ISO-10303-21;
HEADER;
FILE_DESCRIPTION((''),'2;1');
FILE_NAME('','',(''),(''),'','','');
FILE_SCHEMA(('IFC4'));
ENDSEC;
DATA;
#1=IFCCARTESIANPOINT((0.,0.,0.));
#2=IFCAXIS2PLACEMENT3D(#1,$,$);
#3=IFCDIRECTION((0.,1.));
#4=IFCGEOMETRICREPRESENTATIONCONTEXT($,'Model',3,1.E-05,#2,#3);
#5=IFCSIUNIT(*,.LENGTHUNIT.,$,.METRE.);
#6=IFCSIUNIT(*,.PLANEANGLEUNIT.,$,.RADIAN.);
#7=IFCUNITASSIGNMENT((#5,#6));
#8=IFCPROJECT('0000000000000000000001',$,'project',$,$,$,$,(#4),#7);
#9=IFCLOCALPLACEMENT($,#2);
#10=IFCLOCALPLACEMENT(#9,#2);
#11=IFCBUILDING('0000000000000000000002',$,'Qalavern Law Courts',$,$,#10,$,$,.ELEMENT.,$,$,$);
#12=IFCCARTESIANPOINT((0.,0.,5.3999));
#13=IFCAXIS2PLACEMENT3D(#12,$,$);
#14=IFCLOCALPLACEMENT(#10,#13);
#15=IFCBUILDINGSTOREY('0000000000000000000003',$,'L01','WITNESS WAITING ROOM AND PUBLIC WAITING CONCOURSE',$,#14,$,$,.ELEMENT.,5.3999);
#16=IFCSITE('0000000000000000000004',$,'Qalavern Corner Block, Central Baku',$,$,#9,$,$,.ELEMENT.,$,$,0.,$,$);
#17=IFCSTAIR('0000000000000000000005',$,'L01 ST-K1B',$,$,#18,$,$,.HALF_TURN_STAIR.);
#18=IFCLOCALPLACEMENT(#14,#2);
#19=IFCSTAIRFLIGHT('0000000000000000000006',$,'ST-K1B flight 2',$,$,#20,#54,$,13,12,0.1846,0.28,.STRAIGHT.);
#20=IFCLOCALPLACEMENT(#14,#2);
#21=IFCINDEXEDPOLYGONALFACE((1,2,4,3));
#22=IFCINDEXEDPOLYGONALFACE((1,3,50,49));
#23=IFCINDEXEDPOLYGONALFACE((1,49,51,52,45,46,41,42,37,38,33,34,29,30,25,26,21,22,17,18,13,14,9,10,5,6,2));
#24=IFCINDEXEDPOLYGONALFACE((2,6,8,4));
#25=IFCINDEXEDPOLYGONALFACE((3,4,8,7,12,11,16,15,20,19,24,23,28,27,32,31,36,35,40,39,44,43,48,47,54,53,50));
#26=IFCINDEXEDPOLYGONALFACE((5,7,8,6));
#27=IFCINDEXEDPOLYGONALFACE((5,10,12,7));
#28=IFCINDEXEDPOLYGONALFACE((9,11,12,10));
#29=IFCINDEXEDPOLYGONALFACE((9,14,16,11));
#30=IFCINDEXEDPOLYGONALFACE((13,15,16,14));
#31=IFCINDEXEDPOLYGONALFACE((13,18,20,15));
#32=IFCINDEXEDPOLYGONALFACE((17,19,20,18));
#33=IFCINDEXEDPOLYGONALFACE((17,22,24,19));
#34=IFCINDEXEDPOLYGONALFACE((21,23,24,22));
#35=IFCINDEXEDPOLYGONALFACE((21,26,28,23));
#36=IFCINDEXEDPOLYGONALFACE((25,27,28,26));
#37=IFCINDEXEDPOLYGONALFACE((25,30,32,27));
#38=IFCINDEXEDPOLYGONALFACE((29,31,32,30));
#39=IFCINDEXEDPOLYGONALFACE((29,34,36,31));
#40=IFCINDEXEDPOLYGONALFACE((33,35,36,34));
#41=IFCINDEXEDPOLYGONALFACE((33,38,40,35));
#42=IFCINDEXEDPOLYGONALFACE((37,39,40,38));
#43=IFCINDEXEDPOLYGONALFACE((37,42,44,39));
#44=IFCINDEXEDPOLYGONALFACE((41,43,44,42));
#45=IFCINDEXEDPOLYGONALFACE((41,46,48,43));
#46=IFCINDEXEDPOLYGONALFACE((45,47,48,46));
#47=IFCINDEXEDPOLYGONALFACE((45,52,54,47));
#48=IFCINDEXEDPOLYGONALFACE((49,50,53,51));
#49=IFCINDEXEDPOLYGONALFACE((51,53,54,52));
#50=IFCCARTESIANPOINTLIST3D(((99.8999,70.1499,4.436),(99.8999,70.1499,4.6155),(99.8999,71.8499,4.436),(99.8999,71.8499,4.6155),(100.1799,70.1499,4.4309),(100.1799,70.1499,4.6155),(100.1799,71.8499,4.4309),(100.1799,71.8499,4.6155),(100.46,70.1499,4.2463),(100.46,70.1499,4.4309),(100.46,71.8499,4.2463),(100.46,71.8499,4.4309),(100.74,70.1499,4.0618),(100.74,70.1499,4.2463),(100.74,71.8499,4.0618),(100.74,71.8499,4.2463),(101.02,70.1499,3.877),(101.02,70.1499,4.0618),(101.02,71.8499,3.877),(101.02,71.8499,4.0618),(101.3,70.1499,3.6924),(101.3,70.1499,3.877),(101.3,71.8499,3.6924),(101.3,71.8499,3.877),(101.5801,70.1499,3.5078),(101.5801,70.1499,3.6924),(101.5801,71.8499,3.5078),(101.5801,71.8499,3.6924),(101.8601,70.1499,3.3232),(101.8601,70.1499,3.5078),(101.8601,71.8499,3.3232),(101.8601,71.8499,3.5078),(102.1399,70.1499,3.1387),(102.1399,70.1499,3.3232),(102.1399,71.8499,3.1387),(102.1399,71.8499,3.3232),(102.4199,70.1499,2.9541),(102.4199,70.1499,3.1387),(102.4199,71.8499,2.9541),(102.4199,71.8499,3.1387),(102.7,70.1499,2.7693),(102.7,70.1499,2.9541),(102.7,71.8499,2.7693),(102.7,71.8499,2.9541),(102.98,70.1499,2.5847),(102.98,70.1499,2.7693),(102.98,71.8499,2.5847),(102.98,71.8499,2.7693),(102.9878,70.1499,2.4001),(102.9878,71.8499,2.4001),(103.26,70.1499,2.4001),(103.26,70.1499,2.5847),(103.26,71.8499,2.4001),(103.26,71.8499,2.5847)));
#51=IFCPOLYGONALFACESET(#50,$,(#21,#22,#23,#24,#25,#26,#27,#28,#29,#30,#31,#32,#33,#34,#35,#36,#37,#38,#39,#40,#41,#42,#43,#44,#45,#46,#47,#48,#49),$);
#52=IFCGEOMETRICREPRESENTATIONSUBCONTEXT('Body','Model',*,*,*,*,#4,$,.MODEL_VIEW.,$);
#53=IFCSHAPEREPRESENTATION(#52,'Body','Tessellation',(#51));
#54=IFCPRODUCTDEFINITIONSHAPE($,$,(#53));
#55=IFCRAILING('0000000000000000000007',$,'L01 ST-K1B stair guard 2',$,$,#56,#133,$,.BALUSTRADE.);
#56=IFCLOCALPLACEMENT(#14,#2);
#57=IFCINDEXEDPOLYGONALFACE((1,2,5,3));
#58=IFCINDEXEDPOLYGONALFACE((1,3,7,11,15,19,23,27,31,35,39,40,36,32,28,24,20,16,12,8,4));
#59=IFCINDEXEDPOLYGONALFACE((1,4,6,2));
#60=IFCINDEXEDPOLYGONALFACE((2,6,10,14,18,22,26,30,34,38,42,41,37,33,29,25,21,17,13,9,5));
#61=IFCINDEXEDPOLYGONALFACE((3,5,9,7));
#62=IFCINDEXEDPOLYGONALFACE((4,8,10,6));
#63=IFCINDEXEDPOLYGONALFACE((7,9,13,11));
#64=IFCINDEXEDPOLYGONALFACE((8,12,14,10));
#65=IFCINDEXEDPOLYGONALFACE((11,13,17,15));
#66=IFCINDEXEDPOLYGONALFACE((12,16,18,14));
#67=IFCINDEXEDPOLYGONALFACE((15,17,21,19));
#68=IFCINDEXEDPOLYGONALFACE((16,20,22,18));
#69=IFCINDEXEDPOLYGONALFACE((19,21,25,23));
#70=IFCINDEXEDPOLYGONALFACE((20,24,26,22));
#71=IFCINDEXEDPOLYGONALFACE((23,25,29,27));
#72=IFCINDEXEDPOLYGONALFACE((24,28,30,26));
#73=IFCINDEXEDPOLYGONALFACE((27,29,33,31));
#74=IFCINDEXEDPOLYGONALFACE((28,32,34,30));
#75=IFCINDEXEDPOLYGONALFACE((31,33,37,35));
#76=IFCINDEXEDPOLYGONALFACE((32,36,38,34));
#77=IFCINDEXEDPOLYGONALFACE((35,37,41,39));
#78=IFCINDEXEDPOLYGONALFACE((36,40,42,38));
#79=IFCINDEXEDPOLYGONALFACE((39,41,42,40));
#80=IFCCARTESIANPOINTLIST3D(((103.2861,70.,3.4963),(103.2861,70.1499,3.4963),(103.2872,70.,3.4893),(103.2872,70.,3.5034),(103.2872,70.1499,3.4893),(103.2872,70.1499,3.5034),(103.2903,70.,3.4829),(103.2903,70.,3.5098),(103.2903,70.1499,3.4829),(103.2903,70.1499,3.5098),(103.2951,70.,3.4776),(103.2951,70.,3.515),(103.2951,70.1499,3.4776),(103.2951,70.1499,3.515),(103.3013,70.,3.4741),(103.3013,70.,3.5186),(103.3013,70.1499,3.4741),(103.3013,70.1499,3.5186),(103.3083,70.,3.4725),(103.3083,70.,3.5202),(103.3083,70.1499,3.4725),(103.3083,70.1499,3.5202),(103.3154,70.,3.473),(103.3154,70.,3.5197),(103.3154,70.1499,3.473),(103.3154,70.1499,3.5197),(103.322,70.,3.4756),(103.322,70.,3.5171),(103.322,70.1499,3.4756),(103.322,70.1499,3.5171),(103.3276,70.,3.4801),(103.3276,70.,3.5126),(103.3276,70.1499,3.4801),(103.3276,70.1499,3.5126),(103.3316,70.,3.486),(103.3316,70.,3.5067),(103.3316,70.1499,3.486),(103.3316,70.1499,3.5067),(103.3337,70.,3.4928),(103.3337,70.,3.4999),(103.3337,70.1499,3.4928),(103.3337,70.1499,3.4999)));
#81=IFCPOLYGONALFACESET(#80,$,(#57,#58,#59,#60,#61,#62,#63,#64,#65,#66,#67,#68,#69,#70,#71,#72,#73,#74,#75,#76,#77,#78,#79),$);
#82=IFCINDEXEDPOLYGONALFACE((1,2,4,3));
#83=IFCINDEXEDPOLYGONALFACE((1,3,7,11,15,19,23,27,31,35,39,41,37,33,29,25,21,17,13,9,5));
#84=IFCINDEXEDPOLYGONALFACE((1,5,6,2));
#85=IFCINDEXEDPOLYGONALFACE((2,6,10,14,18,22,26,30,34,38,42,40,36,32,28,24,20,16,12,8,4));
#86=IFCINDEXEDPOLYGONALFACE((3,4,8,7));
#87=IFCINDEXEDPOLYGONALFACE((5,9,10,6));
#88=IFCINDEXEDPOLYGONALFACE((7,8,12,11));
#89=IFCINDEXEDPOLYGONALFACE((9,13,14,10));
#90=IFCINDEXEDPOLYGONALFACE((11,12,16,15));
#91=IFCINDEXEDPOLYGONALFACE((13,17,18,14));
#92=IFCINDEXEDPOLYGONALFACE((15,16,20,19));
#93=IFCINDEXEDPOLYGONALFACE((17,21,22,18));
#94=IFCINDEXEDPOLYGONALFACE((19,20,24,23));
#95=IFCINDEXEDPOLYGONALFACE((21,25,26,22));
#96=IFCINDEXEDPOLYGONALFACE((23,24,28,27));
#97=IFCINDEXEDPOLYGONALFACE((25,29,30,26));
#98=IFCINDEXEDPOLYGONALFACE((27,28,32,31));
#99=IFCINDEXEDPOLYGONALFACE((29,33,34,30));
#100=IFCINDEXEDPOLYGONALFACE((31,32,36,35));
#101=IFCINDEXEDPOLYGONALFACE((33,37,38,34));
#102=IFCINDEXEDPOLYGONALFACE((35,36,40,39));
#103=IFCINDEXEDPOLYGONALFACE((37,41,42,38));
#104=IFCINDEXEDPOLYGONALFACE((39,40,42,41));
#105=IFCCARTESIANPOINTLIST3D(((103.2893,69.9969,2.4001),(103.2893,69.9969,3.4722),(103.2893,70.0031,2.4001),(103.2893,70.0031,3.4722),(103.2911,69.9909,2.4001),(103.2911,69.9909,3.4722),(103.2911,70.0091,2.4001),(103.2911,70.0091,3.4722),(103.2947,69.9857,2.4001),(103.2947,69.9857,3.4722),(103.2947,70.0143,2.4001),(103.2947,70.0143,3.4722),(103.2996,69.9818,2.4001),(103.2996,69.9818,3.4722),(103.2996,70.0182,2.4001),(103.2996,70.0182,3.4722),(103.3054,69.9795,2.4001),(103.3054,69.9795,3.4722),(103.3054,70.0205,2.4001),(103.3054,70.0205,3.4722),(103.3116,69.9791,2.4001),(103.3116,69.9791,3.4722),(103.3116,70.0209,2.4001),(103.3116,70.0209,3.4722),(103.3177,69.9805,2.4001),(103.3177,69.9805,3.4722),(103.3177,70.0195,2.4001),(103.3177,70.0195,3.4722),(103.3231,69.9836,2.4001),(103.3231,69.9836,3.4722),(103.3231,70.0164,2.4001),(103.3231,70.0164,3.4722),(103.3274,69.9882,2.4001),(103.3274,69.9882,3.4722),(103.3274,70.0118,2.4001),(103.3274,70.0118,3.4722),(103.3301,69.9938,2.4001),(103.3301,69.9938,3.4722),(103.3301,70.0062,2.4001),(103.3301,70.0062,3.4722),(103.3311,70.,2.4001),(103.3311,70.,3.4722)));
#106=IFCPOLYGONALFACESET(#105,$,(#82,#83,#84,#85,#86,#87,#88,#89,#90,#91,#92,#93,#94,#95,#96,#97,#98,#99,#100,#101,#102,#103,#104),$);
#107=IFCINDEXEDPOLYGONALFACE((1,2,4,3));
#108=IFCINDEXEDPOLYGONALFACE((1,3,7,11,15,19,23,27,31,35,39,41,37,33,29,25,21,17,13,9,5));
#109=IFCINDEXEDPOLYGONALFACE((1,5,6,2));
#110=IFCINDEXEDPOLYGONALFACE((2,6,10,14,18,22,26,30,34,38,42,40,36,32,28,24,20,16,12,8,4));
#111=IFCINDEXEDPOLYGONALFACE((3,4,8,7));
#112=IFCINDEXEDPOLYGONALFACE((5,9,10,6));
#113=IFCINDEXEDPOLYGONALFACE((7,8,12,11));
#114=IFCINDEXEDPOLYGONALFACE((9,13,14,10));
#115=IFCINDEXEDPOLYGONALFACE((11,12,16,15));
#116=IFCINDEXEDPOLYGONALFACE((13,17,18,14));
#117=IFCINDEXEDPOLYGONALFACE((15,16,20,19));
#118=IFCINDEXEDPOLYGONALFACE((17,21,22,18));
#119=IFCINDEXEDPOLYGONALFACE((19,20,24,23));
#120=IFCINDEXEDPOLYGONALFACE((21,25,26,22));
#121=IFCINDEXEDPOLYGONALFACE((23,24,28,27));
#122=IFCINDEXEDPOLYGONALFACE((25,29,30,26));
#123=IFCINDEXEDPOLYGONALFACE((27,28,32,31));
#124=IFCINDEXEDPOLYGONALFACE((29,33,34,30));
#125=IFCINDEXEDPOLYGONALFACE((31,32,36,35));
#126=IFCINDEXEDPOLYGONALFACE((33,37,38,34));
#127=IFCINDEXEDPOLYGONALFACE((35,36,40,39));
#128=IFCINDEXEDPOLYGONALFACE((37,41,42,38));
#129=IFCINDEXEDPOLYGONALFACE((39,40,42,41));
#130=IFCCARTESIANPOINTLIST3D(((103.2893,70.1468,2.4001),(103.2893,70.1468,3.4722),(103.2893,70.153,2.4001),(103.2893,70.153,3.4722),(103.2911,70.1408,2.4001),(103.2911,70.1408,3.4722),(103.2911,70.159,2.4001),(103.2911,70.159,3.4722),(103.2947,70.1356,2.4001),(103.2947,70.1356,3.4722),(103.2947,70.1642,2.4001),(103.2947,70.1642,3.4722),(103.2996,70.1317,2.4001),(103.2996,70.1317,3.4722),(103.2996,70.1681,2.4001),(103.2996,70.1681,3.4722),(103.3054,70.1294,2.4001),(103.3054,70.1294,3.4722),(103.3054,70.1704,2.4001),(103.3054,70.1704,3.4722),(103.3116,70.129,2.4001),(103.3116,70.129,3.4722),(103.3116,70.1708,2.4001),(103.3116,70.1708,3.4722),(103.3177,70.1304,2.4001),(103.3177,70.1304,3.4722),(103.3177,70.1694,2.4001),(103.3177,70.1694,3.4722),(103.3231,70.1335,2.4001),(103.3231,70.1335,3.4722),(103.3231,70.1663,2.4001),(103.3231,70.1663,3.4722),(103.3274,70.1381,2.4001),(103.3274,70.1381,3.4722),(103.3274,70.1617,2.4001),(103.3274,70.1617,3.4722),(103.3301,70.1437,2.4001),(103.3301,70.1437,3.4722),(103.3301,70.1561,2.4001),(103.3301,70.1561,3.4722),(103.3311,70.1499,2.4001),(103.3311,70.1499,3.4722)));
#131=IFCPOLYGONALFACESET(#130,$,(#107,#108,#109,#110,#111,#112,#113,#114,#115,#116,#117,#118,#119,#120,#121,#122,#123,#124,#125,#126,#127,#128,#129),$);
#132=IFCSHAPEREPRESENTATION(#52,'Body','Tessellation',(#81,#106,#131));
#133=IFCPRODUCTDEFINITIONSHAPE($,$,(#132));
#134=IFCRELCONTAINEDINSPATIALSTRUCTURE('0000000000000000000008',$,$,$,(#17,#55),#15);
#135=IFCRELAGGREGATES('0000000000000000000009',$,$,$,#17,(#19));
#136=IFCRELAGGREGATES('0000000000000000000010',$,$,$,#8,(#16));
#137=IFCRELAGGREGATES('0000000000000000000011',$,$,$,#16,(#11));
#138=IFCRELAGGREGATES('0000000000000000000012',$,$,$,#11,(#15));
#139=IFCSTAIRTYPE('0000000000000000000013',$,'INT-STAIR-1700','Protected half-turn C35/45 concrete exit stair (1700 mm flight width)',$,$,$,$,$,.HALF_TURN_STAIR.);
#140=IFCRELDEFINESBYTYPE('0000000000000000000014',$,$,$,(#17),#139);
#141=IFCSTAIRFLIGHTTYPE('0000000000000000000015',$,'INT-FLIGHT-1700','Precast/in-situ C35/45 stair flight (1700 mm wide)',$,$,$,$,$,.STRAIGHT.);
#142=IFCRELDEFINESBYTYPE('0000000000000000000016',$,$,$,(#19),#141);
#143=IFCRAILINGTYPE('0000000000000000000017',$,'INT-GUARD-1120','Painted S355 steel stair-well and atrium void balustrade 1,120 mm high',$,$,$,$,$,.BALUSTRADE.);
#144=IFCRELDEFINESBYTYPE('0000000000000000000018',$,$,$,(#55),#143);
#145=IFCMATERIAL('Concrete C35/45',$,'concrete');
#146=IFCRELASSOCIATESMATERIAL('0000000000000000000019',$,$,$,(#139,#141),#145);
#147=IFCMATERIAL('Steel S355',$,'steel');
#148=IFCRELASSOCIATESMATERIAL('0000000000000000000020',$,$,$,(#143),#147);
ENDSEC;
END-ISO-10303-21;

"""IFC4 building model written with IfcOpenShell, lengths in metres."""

from ifc_helpers import new_model, si_unit, direction, frame, origin, origin_2d, place, context, subcontext, project, spatial, polyline, circle, outline, extrude, material, type_object, element, aggregate, save


model = new_model("IFC4")

# Units and contexts
model_context = context("Model", 3, precision=1e-05, world=origin(), true_north=direction((0.0, 1.0)))
body_context = subcontext(model_context, "Body", "Model", "MODEL_VIEW")
ifc_project = project(units=[si_unit("LENGTHUNIT", "METRE"), si_unit("PLANEANGLEUNIT", "RADIAN")], contexts=[model_context])

# Site, building, storey
site_placement = place(None, origin())
site = spatial("IfcSite", under=ifc_project, at=site_placement, Name="Qalavern Corner Block, Central Baku", CompositionType="ELEMENT", RefElevation=0.0)
building_placement = place(site_placement, origin())
building = spatial("IfcBuilding", under=site, at=building_placement, Name="Qalavern Law Courts", CompositionType="ELEMENT")
storey_placement = place(building_placement, frame((0.0, 0.0, 5.3999)))
storey = spatial("IfcBuildingStorey", under=building, at=storey_placement, Name="L01", Description="WITNESS WAITING ROOM AND PUBLIC WAITING CONCOURSE", CompositionType="ELEMENT", Elevation=5.3999)

# Shared definitions
ifc_material_1 = material(Name="Steel S355", Category="steel")

# Stair, stair flight
ifc_material_2 = material(Name="Concrete C35/45", Category="concrete")
stair_type = type_object("IfcStairType", Name="INT-STAIR-1700", Description="Protected half-turn C35/45 concrete exit stair (1700 mm flight width)", PredefinedType="HALF_TURN_STAIR", material=ifc_material_2)
stair_placement = place(storey_placement, origin())
stair = element("IfcStair", 1, at=stair_placement, inside=storey, type_object=stair_type, Name="L01 ST-K1B", PredefinedType="HALF_TURN_STAIR")
stair_flight_type = type_object("IfcStairFlightType", Name="INT-FLIGHT-1700", Description="Precast/in-situ C35/45 stair flight (1700 mm wide)", PredefinedType="STRAIGHT", material=ifc_material_2)
stair_flight_placement = place(storey_placement, frame((103.26, 71.0, 2.4001), z_axis=(0.0, 0.0, 1.0), x_axis=(-1.0, 0.0, 0.0)))
stair_flight = element("IfcStairFlight", 2, at=stair_flight_placement, type_object=stair_flight_type, Name="ST-K1B flight 2", NumberOfRisers=13, NumberOfTreads=12, PredefinedType="STRAIGHT", RiserHeight=0.1846, TreadLength=0.28, context=body_context, shape_type="SweptSolid", body=[
    extrude(outline(polyline([(0.0, 0.0), (0.0, 0.1846), (0.28, 0.1846), (0.28, 0.3691), (0.5601, 0.3691), (0.5601, 0.554), (0.8401, 0.554), (0.8401, 0.7385), (1.1201, 0.7385), (1.1201, 0.9231), (1.3999, 0.9231), (1.3999, 1.1077), (1.6799, 1.1077), (1.6799, 1.2922), (1.96, 1.2922), (1.96, 1.4768), (2.24, 1.4768), (2.24, 1.6616), (2.52, 1.6616), (2.52, 1.8462), (2.8, 1.8462), (2.8, 2.0308), (3.0801, 2.0308), (3.0801, 2.2153), (3.3601, 2.2153), (3.3601, 2.3999), (3.3601, 2.0359), (0.2722, 0.0), (0.0, 0.0)])), frame((0.0, 0.8501, 0.0), z_axis=(0.0, -1.0, 0.0), x_axis=(1.0, 0.0, 0.0)), (0.0, 0.0, 1.0), 1.7),
])
aggregate(stair, [stair_flight])

# Railing
railing_type_1 = type_object("IfcRailingType", Name="INT-GUARD-1120", Description="Painted S355 steel stair-well and atrium void balustrade 1,120 mm high", PredefinedType="BALUSTRADE", material=ifc_material_1)
railing_1_placement = place(storey_placement, frame((103.3101, 70.0, 2.4001)))
element("IfcRailing", 3, at=railing_1_placement, inside=storey, type_object=railing_type_1, Name="L01 ST-K1B stair guard 2", PredefinedType="BALUSTRADE", context=body_context, shape_type="SweptSolid", body=[
    extrude(circle(Radius=0.0239, at=origin_2d()), frame((0.0, 0.0, 1.0962), z_axis=(0.0, 1.0, 0.0), x_axis=(-1.0, 0.0, 0.0)), (0.0, 0.0, 1.0), 0.1499),
    extrude(circle(Radius=0.021, at=origin_2d()), origin(), (0.0, 0.0, 1.0), 1.072),
    extrude(circle(Radius=0.021, at=origin_2d()), frame((0.0, 0.1499, 0.0)), (0.0, 0.0, 1.0), 1.072),
])

save(model, "model.ifc")
